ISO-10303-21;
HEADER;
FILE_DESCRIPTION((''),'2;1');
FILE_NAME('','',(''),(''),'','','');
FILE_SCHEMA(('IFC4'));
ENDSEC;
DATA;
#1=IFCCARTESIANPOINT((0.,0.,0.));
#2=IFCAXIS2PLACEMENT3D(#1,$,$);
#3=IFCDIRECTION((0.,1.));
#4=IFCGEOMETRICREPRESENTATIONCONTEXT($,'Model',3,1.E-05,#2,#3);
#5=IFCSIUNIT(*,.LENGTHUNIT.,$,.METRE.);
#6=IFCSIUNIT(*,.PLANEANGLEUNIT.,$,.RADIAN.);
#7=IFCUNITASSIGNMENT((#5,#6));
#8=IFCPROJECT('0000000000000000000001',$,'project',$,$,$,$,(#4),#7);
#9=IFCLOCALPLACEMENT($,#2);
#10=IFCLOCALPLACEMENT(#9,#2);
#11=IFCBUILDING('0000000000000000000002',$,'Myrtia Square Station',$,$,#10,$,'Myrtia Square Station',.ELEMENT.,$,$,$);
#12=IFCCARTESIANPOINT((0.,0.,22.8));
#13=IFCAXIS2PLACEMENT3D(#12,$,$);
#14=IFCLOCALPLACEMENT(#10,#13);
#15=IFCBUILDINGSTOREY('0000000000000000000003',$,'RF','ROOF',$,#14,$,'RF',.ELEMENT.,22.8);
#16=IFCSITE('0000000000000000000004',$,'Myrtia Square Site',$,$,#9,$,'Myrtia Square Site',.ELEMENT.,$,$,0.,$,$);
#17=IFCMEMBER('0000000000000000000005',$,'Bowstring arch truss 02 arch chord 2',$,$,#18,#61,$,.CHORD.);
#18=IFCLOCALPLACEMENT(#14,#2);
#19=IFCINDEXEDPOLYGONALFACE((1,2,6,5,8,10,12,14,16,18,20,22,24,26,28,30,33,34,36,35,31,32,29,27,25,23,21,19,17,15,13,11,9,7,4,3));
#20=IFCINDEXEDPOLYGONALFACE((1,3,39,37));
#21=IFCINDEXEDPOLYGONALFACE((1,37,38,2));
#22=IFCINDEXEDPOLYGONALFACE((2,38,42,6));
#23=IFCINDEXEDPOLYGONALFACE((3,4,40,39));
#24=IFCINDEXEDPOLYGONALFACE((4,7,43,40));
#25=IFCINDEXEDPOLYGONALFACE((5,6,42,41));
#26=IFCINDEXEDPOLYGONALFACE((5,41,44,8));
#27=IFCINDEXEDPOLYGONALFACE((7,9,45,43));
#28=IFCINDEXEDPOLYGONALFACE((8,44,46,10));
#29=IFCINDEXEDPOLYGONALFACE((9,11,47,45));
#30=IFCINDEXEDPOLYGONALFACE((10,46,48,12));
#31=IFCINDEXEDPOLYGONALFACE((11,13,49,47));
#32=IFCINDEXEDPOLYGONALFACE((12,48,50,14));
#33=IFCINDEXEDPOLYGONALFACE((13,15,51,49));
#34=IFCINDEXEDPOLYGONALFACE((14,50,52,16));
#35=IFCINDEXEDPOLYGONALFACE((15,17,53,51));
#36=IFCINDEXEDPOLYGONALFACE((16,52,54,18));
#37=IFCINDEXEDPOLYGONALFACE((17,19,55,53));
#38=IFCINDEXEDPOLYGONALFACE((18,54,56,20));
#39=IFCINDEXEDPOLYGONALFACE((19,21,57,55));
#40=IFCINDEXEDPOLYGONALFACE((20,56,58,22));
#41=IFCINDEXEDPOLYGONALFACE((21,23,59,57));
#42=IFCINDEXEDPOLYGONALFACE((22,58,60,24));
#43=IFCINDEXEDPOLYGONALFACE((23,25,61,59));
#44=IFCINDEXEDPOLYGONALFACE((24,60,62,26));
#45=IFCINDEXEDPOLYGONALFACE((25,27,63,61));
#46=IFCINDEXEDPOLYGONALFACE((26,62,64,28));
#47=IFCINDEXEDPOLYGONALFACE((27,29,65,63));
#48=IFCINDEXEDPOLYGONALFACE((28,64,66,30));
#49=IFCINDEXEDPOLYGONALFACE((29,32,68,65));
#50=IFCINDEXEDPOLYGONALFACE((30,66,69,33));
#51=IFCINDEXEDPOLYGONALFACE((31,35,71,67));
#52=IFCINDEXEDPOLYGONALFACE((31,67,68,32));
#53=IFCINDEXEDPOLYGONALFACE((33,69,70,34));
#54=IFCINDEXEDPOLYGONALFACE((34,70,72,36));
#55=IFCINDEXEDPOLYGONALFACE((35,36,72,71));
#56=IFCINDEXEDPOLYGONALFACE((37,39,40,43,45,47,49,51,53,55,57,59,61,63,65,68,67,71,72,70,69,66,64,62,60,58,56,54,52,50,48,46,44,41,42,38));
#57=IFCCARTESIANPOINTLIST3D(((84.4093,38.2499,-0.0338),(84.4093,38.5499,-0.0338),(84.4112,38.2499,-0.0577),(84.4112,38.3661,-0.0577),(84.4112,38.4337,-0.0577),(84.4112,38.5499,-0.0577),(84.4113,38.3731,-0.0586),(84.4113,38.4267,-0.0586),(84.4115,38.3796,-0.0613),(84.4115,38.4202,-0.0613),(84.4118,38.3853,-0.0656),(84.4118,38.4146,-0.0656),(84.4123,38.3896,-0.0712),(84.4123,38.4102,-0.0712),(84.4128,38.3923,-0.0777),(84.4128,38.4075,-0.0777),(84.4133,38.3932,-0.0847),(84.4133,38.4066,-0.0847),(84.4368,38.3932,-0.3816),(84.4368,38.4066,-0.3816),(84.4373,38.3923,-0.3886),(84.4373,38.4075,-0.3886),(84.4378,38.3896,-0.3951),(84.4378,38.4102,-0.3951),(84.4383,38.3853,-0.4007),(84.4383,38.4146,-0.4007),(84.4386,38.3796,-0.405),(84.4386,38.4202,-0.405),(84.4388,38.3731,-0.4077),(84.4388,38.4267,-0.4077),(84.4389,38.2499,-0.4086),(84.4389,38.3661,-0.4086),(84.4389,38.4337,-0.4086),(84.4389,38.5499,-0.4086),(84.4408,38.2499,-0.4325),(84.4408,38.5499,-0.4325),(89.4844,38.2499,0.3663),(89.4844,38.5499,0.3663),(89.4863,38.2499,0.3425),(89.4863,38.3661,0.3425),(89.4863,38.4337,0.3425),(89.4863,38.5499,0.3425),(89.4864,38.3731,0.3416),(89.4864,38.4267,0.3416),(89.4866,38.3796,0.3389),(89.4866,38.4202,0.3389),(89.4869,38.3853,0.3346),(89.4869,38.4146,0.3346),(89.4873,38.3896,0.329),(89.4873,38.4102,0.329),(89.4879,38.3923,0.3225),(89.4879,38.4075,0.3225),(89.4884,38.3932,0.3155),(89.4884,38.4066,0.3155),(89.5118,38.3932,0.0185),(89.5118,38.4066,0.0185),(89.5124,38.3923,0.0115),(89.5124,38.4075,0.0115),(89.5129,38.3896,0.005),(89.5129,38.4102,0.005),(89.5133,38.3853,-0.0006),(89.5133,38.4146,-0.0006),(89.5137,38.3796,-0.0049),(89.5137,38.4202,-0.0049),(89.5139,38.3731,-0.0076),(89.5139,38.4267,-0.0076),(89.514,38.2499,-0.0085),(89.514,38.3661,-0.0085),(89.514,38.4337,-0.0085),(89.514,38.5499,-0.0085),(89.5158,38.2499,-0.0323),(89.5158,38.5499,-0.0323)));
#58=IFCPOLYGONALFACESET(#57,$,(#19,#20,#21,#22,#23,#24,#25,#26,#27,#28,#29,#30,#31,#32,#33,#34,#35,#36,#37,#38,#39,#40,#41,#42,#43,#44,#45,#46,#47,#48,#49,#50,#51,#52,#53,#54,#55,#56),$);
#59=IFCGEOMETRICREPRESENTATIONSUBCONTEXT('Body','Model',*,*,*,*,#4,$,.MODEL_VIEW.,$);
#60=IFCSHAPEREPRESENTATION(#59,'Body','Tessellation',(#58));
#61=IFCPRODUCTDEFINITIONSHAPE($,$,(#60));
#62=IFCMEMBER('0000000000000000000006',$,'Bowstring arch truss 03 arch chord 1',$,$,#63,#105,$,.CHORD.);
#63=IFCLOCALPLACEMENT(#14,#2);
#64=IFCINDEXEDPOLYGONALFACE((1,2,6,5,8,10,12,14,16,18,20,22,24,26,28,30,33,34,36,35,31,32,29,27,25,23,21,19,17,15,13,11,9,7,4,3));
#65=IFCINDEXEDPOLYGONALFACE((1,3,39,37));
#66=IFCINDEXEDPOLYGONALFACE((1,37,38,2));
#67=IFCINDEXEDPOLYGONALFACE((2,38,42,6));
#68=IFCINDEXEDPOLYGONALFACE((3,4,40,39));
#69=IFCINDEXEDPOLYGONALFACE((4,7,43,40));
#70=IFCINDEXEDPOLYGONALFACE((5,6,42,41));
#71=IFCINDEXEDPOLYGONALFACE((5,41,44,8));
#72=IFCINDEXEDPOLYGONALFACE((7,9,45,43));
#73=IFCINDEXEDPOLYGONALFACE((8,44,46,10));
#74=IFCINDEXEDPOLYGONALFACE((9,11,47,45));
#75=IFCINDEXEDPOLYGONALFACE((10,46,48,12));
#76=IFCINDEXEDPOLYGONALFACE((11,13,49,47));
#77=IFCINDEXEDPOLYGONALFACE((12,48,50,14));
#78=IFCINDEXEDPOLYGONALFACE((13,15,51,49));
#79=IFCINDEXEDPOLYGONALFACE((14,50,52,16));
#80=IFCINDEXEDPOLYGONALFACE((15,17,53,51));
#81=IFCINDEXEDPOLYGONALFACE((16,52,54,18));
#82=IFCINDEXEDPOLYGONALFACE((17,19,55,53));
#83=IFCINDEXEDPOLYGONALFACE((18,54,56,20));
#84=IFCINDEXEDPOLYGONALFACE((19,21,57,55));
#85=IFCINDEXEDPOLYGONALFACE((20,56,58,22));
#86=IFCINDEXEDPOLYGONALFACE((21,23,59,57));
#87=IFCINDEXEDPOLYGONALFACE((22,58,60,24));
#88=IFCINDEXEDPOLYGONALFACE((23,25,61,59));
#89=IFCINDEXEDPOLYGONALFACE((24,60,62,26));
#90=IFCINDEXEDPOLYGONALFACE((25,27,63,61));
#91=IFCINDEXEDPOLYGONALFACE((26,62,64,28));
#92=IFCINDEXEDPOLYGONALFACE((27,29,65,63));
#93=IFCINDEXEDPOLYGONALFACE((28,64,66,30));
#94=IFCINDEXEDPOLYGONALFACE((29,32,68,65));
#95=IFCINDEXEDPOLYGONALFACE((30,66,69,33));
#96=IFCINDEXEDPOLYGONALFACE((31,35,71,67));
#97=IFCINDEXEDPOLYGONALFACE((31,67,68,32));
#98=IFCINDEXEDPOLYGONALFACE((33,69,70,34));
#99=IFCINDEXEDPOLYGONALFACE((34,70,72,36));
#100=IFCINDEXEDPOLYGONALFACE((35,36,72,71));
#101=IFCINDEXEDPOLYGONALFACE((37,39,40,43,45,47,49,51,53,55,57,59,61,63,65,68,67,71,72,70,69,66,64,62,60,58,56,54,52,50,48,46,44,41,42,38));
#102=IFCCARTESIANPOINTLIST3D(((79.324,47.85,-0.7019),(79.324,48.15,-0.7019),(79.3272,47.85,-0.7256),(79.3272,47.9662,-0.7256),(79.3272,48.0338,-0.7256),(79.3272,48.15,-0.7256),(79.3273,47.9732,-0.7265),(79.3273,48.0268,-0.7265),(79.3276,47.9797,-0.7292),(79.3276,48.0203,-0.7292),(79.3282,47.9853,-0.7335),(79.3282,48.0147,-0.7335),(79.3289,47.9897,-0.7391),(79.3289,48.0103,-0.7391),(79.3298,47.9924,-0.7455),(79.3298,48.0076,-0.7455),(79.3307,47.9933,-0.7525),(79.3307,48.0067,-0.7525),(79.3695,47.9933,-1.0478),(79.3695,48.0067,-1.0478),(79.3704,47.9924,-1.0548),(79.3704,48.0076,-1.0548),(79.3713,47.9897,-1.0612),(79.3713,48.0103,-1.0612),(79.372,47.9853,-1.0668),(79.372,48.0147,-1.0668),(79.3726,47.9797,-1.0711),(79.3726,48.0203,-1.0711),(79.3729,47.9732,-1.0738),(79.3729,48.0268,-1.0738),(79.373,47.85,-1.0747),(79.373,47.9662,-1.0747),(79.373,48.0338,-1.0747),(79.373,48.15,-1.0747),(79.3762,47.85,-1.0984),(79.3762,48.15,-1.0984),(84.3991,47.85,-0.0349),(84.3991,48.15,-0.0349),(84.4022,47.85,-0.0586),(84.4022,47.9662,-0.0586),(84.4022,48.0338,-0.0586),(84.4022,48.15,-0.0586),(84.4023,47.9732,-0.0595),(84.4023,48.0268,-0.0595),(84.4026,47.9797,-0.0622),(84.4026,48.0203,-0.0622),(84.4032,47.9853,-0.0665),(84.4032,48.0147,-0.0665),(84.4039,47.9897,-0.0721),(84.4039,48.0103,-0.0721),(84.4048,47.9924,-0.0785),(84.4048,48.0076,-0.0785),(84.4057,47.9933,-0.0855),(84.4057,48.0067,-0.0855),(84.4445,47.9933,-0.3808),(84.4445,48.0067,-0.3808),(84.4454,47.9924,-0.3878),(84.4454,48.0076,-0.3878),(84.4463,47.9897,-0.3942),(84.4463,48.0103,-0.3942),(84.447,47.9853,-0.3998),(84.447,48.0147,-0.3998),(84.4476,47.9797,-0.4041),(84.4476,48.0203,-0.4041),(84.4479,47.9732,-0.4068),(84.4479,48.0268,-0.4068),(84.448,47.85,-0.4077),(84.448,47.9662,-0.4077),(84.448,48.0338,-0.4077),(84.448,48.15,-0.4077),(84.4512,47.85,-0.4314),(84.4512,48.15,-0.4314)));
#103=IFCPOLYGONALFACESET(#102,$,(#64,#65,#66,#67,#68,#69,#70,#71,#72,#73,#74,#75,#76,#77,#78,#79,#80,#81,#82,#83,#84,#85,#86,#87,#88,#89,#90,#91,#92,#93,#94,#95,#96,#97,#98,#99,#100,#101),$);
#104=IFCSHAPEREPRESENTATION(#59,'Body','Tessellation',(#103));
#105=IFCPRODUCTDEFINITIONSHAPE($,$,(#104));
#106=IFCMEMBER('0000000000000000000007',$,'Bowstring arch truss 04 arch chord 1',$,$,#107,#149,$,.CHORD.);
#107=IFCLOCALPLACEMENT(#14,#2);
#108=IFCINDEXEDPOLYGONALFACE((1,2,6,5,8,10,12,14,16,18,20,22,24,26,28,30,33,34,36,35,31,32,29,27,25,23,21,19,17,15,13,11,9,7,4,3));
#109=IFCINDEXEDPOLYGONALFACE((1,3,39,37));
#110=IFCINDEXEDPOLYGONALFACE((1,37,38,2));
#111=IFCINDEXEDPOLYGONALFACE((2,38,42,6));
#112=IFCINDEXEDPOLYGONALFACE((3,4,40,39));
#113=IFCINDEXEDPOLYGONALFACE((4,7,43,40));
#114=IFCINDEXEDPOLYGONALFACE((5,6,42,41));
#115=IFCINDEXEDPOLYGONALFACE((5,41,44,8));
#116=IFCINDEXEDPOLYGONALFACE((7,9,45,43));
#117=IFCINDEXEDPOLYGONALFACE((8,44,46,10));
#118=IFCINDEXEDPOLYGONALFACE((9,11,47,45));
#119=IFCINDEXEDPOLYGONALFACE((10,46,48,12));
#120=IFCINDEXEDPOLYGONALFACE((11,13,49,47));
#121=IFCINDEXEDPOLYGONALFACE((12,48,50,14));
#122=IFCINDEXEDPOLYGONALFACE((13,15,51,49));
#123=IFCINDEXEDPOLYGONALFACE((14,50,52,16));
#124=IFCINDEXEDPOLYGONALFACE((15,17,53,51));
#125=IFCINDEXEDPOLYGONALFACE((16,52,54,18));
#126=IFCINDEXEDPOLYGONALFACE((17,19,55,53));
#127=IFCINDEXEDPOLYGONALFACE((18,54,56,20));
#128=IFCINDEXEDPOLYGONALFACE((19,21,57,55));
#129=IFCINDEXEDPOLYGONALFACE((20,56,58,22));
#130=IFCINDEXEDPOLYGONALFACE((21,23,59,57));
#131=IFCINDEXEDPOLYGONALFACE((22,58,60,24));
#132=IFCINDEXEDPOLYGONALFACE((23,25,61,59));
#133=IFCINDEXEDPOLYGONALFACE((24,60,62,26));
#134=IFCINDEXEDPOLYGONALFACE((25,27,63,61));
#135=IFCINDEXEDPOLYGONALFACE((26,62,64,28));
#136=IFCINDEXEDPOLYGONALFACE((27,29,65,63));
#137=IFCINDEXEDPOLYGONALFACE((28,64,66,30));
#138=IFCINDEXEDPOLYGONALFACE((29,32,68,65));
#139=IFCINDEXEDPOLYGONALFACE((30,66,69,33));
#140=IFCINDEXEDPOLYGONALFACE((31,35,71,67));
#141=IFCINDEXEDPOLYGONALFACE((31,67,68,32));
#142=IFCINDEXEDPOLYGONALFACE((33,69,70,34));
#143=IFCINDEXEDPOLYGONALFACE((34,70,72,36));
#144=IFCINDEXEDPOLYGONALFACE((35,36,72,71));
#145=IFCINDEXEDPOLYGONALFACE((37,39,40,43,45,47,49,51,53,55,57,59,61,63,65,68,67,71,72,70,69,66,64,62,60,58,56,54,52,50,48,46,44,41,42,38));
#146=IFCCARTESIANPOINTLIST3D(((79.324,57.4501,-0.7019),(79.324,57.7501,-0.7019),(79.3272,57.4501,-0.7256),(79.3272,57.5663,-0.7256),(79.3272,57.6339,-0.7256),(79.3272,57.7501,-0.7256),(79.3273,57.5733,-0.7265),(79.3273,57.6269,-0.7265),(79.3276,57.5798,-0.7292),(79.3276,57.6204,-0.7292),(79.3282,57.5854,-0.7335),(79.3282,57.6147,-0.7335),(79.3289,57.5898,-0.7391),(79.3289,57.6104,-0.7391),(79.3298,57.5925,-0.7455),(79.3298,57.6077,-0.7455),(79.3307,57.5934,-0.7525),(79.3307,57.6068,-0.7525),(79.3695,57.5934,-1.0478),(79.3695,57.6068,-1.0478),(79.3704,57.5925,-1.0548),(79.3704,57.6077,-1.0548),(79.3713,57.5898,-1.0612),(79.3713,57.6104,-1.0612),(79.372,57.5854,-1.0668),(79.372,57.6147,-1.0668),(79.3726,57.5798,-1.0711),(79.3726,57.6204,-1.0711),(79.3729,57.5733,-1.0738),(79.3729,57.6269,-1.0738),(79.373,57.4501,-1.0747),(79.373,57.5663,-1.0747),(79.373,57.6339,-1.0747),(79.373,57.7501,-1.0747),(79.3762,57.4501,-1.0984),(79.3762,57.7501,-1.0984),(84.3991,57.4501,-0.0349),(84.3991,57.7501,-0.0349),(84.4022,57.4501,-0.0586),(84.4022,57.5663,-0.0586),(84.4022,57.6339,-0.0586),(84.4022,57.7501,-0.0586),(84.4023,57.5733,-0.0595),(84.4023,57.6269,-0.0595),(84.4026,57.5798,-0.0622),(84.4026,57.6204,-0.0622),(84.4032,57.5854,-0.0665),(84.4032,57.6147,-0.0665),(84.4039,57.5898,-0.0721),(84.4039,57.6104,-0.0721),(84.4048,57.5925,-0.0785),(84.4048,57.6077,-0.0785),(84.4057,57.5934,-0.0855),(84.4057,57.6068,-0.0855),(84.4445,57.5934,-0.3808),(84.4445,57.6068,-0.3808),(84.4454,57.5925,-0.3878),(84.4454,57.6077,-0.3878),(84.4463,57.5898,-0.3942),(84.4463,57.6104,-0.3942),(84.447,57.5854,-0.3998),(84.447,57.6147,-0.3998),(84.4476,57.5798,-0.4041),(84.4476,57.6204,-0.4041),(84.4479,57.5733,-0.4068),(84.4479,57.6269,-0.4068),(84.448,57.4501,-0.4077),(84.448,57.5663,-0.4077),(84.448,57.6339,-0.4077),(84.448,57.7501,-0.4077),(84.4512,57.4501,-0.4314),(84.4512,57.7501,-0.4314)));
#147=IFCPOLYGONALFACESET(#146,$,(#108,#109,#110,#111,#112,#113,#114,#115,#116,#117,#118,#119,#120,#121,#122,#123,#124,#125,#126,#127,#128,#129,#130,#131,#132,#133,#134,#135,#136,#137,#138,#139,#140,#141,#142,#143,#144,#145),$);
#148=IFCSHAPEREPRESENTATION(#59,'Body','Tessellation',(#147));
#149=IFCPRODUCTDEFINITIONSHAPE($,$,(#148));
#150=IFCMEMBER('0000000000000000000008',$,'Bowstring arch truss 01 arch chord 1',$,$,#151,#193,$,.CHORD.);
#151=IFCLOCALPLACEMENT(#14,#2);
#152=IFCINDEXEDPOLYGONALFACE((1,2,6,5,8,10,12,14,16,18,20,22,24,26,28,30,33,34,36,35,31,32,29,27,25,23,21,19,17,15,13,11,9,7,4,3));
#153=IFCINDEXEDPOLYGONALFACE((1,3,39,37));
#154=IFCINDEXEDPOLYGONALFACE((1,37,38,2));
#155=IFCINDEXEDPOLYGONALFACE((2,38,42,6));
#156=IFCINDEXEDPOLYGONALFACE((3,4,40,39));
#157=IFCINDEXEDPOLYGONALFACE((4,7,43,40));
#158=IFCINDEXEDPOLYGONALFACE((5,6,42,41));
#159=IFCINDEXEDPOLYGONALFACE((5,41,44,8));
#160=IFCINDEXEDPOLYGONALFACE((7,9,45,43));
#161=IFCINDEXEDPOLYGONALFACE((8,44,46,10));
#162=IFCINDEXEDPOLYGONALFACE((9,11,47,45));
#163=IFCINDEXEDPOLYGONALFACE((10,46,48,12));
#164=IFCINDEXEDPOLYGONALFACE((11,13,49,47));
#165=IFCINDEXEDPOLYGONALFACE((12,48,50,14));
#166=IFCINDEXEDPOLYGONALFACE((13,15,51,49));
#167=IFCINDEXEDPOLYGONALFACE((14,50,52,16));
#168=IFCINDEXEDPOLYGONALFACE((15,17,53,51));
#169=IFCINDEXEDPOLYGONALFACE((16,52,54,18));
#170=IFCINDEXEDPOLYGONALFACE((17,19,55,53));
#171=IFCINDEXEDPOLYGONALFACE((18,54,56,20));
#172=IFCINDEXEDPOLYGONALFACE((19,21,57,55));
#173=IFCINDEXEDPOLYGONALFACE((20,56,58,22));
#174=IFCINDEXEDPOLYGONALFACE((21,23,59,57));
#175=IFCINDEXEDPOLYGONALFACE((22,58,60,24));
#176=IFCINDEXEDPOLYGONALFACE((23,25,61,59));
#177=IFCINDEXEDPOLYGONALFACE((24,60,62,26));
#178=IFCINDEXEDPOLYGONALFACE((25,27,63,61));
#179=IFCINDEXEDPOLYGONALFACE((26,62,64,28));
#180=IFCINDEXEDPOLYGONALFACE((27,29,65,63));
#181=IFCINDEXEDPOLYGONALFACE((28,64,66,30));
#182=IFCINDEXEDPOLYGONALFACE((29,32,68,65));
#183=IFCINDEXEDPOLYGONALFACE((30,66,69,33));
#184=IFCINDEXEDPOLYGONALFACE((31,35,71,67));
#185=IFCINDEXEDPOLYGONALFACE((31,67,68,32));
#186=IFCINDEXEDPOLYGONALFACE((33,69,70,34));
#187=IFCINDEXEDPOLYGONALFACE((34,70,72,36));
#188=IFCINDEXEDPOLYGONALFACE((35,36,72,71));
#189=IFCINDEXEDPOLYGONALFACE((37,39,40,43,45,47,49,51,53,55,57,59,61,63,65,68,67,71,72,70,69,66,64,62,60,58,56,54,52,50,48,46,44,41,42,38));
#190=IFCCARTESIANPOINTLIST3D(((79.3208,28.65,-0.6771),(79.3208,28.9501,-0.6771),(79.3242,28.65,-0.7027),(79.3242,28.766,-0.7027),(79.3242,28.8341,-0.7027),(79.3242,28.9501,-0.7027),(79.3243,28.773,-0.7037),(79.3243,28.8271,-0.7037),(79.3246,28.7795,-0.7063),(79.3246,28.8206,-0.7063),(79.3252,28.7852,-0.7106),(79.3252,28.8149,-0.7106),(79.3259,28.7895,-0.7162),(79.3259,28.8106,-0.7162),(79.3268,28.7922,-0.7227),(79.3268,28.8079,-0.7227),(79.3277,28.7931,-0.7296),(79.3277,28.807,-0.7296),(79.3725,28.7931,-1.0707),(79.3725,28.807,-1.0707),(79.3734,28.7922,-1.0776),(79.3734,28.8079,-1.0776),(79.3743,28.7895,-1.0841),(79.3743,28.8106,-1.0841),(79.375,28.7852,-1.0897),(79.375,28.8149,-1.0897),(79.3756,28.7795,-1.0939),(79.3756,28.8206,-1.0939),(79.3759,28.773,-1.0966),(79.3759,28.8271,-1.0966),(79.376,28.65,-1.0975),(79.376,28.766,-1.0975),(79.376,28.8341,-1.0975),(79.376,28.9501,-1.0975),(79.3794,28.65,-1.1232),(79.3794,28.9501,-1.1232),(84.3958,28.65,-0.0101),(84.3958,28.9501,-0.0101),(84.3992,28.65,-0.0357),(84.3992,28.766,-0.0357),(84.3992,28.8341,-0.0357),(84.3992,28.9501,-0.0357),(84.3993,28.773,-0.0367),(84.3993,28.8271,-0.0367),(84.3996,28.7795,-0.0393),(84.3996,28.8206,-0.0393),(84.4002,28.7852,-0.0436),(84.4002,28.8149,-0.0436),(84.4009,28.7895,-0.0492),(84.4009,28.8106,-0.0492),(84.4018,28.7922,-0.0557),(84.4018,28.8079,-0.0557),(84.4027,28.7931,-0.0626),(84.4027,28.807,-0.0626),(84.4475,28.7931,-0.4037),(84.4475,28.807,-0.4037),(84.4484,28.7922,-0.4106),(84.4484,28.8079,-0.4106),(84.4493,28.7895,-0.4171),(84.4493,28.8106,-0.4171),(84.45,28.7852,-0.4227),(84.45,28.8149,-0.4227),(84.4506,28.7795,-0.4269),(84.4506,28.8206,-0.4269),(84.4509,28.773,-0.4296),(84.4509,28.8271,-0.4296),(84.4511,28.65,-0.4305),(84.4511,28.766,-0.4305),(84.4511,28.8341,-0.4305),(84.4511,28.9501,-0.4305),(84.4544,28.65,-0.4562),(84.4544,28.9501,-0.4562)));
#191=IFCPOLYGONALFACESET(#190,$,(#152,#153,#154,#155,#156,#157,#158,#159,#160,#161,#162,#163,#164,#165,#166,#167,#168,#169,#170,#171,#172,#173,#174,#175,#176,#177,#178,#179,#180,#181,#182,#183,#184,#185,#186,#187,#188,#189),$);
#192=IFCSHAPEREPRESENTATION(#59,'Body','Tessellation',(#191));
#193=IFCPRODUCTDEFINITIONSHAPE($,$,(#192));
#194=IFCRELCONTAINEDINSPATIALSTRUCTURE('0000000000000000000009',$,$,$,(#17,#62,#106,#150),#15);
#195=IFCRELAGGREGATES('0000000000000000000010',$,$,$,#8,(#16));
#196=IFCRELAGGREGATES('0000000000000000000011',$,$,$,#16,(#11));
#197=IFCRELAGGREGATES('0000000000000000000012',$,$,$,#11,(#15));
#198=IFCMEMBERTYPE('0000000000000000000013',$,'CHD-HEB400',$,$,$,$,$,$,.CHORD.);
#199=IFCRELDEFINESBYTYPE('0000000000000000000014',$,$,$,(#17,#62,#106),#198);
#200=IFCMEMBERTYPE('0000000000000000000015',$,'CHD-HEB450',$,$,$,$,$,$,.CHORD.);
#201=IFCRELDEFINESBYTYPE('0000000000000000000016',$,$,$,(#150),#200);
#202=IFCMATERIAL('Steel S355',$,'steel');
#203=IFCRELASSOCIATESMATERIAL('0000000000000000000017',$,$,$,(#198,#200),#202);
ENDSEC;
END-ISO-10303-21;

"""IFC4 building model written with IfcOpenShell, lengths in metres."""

from ifc_helpers import new_model, si_unit, direction, frame, origin, origin_2d, place, context, subcontext, project, spatial, i_section, extrude, material, material_profile, profile_set, type_object, element, save


model = new_model("IFC4")

# Units and contexts
model_context = context("Model", 3, precision=1e-05, world=origin(), true_north=direction((0.0, 1.0)))
body_context = subcontext(model_context, "Body", "Model", "MODEL_VIEW")
ifc_project = project(units=[si_unit("LENGTHUNIT", "METRE"), si_unit("PLANEANGLEUNIT", "RADIAN")], contexts=[model_context])

# Site, building, storey
site_placement = place(None, origin())
site = spatial("IfcSite", under=ifc_project, at=site_placement, Name="Myrtia Square Site", LongName="Myrtia Square Site", CompositionType="ELEMENT", RefElevation=0.0)
building_placement = place(site_placement, origin())
building = spatial("IfcBuilding", under=site, at=building_placement, Name="Myrtia Square Station", LongName="Myrtia Square Station", CompositionType="ELEMENT")
storey_placement = place(building_placement, frame((0.0, 0.0, 22.8)))
storey = spatial("IfcBuildingStorey", under=building, at=storey_placement, Name="RF", Description="ROOF", LongName="RF", CompositionType="ELEMENT", Elevation=22.8)

# Members
ifc_material = material(Name="Steel S355", Category="steel")
ifc_material_profile_1 = material_profile(ifc_material, i_section(OverallWidth=0.3, OverallDepth=0.3999, WebThickness=0.0134, FlangeThickness=0.0239, FilletRadius=0.0271, at=origin_2d()), Name="HEB 400")
ifc_profile_set_1 = profile_set([ifc_material_profile_1], Name="Steel S355")
member_type_1 = type_object("IfcMemberType", Name="CHD-HEB400", PredefinedType="CHORD", material=ifc_profile_set_1)
member_1_placement = place(storey_placement, frame((84.425, 38.3999, -0.2332), z_axis=(0.996906, 0.0, 0.078603), x_axis=(0.0, 1.0, 0.0)))
element("IfcMember", 1, at=member_1_placement, inside=storey, type_object=member_type_1, Name="Bowstring arch truss 02 arch chord 2", PredefinedType="CHORD", context=body_context, shape_type="SweptSolid", body=[
    extrude(i_section(OverallWidth=0.3, OverallDepth=0.3999, WebThickness=0.0134, FlangeThickness=0.0239, FilletRadius=0.0271, at=origin_2d()), origin(), (0.0, 0.0, 1.0), 5.0908),
])
for number, where, z_axis, x_axis, name in (
    (2, (79.3501, 48.0, -0.9001), (0.991474, 0.0, 0.130308), (0.0, 1.0, 0.0), "Bowstring arch truss 03 arch chord 1"),
    (3, (79.3501, 57.6001, -0.9001), (0.991474, 0.0, 0.130308), (0.0, 1.0, 0.0), "Bowstring arch truss 04 arch chord 1"),
):
    element("IfcMember", number, at=place(storey_placement, frame(where, z_axis=z_axis, x_axis=x_axis)), inside=storey, type_object=member_type_1, Name=name, PredefinedType="CHORD", context=body_context, shape_type="SweptSolid", body=[
        extrude(i_section(OverallWidth=0.3, OverallDepth=0.3999, WebThickness=0.0134, FlangeThickness=0.0239, FilletRadius=0.0271, at=origin_2d()), origin(), (0.0, 0.0, 1.0), 5.1187),
    ])
ifc_material_profile_2 = material_profile(ifc_material, i_section(OverallWidth=0.3, OverallDepth=0.45, WebThickness=0.0139, FlangeThickness=0.0259, FilletRadius=0.0271, at=origin_2d()), Name="HEB 450")
ifc_profile_set_2 = profile_set([ifc_material_profile_2], Name="Steel S355")
member_type_2 = type_object("IfcMemberType", Name="CHD-HEB450", PredefinedType="CHORD", material=ifc_profile_set_2)
member_2_placement = place(storey_placement, frame((79.3501, 28.8, -0.9001), z_axis=(0.991474, 0.0, 0.130308), x_axis=(0.0, 1.0, 0.0)))
element("IfcMember", 4, at=member_2_placement, inside=storey, type_object=member_type_2, Name="Bowstring arch truss 01 arch chord 1", PredefinedType="CHORD", context=body_context, shape_type="SweptSolid", body=[
    extrude(i_section(OverallWidth=0.3, OverallDepth=0.45, WebThickness=0.0139, FlangeThickness=0.0259, FilletRadius=0.0271, at=origin_2d()), origin(), (0.0, 0.0, 1.0), 5.1187),
])

save(model, "model.ifc")
